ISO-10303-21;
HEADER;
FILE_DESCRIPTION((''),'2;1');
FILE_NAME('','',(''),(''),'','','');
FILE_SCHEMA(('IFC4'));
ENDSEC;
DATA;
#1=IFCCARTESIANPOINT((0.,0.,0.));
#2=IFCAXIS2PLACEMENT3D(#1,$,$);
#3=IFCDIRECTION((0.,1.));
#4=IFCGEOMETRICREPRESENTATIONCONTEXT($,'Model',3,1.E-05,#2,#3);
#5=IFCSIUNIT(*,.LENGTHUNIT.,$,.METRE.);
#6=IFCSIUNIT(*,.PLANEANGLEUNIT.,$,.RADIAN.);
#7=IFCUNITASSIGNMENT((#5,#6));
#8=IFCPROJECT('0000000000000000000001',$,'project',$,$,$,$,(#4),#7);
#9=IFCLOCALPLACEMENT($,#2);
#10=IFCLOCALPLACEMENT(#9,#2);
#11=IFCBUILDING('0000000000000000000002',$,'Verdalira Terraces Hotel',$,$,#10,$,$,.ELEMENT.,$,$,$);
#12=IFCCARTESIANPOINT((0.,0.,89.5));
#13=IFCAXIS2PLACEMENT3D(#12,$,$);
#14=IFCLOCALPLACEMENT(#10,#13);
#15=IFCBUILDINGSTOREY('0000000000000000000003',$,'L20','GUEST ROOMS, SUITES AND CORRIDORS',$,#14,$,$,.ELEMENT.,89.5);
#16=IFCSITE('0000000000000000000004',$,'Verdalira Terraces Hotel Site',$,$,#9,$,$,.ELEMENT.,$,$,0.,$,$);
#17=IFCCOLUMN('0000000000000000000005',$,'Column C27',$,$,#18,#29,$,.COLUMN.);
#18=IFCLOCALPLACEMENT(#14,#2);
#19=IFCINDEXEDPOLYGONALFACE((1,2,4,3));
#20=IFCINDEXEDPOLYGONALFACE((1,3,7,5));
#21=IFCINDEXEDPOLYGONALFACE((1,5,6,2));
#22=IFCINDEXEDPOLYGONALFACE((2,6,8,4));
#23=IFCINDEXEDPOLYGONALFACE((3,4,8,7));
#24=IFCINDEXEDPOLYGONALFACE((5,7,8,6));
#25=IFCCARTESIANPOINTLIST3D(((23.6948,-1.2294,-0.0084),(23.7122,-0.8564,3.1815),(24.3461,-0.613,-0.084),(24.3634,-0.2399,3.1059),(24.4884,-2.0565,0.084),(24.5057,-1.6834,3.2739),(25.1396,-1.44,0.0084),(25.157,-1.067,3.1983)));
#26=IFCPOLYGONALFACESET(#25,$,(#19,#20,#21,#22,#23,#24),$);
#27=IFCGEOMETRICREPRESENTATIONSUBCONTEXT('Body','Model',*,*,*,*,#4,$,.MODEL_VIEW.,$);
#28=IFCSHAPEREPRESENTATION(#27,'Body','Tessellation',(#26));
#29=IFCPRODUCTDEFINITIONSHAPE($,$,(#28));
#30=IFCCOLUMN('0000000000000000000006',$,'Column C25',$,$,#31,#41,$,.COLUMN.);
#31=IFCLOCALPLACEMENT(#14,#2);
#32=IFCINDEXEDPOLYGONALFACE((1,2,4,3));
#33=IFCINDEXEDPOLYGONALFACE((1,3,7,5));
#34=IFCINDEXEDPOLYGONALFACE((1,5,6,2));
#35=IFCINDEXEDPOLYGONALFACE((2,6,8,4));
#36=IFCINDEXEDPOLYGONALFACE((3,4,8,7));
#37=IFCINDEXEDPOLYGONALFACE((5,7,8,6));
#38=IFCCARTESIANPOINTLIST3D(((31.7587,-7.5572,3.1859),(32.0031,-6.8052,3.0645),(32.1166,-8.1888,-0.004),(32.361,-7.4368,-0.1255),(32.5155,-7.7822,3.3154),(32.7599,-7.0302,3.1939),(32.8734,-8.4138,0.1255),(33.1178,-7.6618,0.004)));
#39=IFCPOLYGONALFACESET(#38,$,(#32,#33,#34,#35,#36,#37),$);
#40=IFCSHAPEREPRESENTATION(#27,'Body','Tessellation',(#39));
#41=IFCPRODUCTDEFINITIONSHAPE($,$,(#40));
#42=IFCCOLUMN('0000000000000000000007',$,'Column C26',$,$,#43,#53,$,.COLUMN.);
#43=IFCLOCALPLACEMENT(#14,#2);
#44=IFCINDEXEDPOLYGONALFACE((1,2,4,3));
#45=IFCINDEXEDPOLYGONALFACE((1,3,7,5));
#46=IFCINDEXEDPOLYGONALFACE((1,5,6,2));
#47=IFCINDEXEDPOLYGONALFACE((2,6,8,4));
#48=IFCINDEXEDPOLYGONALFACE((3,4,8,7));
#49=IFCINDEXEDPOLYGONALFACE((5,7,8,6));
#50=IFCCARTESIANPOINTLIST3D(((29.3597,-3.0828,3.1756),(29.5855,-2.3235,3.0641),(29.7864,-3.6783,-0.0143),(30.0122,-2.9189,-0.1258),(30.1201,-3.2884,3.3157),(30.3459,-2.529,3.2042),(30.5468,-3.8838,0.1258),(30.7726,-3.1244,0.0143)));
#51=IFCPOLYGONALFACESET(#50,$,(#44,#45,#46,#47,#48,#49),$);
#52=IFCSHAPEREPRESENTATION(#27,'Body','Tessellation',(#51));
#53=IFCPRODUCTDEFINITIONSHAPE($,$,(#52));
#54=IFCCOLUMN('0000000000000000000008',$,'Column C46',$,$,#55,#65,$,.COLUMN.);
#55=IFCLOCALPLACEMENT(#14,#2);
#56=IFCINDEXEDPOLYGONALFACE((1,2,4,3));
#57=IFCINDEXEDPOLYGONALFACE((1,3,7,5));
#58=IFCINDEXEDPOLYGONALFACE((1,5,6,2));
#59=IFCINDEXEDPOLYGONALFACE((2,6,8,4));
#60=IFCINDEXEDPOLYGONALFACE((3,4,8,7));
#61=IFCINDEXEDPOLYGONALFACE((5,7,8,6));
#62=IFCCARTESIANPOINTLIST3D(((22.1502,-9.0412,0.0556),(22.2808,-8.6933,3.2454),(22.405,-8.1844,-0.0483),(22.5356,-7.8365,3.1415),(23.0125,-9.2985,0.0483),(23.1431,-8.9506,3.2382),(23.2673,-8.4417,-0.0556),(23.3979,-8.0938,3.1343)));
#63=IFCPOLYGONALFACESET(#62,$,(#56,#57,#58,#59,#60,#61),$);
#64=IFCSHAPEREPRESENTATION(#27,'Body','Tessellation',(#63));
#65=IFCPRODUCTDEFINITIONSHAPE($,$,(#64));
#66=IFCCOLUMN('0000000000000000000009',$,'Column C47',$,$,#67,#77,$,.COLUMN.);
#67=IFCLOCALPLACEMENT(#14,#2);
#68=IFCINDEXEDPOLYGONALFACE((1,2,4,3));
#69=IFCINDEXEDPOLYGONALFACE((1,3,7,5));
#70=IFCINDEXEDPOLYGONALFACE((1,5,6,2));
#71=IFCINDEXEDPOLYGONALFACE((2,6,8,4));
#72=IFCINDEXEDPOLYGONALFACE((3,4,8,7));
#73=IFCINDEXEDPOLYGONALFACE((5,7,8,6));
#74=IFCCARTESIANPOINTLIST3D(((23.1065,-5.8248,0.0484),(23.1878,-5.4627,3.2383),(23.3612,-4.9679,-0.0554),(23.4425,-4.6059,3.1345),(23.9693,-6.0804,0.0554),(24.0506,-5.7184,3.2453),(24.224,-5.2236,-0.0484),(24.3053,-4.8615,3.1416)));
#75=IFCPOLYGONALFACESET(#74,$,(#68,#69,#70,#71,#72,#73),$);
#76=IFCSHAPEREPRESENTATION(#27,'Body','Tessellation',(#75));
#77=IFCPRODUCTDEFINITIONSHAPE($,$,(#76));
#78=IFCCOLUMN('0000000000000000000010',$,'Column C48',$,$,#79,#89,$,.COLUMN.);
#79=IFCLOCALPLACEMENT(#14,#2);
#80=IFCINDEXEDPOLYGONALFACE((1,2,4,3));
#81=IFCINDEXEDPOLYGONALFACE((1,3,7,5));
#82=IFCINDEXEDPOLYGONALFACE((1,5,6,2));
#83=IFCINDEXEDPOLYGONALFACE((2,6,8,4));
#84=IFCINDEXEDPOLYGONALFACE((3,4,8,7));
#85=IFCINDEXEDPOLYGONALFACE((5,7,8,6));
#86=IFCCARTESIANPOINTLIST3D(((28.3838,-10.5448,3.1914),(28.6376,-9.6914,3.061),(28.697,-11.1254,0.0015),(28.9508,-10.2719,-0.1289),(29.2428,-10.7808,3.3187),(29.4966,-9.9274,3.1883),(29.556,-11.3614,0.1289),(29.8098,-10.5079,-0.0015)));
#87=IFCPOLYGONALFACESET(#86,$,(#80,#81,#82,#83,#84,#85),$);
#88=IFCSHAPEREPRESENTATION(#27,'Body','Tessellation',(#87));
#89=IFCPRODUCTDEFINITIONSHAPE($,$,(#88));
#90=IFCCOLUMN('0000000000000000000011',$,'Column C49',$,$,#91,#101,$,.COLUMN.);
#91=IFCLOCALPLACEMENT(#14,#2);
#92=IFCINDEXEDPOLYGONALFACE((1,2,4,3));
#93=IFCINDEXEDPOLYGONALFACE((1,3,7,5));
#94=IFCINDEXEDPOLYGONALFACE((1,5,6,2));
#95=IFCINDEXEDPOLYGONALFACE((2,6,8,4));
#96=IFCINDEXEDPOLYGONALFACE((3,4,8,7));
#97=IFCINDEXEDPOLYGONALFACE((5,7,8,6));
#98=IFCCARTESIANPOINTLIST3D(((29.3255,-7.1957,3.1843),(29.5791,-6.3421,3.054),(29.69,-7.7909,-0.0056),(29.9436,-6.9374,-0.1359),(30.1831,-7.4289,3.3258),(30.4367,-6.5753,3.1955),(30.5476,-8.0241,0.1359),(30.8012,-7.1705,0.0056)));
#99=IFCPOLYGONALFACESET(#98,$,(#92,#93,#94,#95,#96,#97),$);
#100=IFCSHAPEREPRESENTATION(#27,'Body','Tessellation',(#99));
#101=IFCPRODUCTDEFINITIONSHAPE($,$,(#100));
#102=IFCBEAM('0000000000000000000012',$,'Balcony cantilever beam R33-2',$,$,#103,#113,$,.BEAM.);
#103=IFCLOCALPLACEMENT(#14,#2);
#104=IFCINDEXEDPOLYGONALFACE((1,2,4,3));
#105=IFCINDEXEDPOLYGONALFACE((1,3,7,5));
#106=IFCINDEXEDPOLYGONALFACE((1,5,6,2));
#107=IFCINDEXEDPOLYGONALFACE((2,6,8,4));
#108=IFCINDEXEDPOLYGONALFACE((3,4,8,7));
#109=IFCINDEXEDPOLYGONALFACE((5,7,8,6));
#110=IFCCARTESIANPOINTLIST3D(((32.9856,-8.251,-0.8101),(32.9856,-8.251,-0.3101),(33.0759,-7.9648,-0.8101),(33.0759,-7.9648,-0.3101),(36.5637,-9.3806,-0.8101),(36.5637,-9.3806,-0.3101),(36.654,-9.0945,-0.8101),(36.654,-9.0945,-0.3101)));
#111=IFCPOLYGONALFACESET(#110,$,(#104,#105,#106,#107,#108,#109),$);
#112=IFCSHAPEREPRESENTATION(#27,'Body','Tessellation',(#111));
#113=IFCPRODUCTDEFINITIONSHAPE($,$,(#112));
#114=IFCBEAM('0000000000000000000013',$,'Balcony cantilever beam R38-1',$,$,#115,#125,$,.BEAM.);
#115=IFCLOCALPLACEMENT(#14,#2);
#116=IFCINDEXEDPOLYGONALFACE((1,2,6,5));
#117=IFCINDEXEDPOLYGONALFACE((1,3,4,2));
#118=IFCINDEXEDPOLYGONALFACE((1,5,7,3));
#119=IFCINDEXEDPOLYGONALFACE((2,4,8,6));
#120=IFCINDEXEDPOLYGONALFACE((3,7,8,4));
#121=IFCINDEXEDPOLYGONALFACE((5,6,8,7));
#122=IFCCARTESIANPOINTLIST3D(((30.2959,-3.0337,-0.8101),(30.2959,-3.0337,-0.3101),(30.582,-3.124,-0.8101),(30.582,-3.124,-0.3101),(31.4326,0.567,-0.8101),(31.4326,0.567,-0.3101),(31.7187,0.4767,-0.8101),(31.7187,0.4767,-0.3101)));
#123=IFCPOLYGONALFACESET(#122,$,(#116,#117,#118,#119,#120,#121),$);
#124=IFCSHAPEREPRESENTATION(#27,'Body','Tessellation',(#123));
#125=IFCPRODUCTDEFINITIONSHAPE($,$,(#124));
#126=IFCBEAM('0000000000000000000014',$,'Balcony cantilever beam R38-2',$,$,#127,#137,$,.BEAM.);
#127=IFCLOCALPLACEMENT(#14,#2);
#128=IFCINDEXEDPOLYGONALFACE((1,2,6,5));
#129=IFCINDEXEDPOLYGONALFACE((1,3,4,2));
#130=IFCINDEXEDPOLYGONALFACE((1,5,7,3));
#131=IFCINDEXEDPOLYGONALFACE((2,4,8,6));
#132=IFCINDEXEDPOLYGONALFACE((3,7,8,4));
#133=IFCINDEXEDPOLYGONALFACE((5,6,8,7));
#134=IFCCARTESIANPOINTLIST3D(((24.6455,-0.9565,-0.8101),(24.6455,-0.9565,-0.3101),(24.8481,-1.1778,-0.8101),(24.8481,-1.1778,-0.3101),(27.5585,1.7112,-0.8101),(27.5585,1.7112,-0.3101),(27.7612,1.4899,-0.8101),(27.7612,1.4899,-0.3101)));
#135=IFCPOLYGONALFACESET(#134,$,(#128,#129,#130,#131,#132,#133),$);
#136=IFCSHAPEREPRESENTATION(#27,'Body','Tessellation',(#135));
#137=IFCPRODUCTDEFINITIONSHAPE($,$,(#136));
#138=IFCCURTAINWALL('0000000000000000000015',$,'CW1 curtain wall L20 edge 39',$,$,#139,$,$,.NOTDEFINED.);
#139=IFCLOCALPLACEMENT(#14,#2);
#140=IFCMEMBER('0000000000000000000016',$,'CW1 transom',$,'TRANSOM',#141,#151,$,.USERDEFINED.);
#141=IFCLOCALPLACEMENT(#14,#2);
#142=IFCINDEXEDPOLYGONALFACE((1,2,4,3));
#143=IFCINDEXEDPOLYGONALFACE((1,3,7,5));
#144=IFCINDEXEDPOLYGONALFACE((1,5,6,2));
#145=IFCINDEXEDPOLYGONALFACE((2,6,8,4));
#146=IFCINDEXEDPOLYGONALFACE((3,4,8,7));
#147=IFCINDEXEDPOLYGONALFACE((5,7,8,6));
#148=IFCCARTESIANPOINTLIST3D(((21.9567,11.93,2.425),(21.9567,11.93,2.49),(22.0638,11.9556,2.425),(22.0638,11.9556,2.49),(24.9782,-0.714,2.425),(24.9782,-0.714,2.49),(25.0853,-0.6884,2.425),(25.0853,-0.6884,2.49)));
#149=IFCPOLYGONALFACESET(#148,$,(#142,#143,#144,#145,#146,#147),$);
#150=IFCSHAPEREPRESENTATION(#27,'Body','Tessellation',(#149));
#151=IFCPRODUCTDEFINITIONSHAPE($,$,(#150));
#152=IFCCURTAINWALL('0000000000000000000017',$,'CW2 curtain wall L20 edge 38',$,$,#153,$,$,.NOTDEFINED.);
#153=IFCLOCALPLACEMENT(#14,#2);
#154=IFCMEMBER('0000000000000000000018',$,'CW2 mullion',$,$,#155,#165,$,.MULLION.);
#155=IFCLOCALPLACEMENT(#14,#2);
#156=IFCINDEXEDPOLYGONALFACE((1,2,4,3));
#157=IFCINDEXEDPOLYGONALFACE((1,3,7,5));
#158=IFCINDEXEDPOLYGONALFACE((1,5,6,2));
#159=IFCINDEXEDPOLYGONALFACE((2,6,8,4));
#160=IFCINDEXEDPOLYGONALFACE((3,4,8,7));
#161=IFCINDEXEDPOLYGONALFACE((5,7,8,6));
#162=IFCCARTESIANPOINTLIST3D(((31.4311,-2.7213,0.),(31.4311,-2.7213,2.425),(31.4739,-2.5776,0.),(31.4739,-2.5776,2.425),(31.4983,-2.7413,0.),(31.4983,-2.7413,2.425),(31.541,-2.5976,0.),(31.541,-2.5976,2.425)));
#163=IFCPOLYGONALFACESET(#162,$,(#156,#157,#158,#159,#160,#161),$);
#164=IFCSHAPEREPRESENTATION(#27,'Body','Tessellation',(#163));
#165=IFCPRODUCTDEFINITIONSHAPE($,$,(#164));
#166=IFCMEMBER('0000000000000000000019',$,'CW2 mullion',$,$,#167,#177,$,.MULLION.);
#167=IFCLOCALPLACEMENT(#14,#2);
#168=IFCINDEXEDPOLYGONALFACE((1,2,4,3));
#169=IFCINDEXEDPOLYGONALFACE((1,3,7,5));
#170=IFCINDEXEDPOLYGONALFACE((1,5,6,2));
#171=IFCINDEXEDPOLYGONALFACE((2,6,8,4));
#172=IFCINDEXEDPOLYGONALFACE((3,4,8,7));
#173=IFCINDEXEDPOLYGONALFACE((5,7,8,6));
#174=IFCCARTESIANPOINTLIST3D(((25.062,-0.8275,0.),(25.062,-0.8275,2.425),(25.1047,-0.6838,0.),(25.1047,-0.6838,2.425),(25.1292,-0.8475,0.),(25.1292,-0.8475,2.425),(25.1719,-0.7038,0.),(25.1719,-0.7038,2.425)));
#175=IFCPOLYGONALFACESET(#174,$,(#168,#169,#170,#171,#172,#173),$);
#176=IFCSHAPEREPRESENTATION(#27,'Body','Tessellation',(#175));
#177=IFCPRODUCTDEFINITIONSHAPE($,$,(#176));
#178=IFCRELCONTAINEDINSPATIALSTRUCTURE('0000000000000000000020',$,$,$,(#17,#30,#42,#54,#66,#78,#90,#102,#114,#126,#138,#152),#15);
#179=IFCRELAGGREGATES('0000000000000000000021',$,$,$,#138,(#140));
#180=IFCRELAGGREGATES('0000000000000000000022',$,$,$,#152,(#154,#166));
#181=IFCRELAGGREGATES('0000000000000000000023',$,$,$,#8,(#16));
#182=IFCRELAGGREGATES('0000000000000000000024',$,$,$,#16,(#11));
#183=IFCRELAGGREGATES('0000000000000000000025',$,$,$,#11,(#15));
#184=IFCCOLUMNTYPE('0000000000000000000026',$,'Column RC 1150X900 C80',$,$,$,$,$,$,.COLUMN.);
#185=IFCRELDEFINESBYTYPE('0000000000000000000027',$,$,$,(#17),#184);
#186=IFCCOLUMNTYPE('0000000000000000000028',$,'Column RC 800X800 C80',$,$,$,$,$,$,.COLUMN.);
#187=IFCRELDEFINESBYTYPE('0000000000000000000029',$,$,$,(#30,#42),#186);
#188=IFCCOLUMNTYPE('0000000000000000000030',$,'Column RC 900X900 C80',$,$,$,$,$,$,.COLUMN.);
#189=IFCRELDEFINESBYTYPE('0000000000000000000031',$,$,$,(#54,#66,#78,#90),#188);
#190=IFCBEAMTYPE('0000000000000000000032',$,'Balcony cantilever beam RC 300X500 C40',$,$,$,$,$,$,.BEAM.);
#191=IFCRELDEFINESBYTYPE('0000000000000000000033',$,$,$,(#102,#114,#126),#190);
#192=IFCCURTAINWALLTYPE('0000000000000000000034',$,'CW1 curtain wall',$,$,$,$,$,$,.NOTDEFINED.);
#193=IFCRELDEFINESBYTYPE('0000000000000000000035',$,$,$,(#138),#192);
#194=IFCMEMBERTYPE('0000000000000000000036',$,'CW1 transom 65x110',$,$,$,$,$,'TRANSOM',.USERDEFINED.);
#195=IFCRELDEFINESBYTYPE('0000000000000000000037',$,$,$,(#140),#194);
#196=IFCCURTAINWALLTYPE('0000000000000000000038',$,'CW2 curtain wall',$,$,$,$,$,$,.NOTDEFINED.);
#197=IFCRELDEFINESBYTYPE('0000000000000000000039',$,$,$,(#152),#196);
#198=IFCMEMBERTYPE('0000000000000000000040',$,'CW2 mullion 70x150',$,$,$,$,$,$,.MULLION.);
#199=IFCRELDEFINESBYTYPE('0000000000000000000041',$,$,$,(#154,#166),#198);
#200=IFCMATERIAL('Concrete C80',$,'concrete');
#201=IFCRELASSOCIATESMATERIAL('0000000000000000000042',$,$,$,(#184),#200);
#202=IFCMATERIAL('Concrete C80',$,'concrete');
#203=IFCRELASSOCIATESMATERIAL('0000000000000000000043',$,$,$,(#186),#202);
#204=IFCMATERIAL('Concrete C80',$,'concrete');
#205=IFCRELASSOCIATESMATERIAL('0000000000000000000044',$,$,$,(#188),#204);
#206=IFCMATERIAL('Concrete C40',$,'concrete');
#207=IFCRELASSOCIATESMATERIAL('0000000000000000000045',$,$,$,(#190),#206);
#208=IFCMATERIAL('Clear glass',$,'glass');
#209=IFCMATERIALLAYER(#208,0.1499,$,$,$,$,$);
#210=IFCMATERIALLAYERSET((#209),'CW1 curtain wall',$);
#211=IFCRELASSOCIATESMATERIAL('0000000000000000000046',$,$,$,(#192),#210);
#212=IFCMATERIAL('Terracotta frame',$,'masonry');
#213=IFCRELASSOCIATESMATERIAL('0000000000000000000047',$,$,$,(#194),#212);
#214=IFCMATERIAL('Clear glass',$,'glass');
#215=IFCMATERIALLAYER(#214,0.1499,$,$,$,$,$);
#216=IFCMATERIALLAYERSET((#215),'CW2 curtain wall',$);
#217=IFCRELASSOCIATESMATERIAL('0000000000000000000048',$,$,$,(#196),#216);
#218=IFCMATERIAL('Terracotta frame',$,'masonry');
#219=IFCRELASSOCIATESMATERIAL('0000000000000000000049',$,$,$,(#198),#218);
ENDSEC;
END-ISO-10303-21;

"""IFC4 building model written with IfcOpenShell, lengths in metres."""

from ifc_helpers import new_model, si_unit, direction, frame, origin, origin_2d, place, context, subcontext, project, spatial, rectangle, extrude, material, layer, layer_set, material_profile, profile_set, type_object, element, aggregate, save


model = new_model("IFC4")

# Units and contexts
model_context = context("Model", 3, precision=1e-05, world=origin(), true_north=direction((0.0, 1.0)))
body_context = subcontext(model_context, "Body", "Model", "MODEL_VIEW")
ifc_project = project(units=[si_unit("LENGTHUNIT", "METRE"), si_unit("PLANEANGLEUNIT", "RADIAN")], contexts=[model_context])

# Site, building, storey
site_placement = place(None, origin())
site = spatial("IfcSite", under=ifc_project, at=site_placement, Name="Verdalira Terraces Hotel Site", CompositionType="ELEMENT", RefElevation=0.0)
building_placement = place(site_placement, origin())
building = spatial("IfcBuilding", under=site, at=building_placement, Name="Verdalira Terraces Hotel", CompositionType="ELEMENT")
storey_placement = place(building_placement, frame((0.0, 0.0, 89.5)))
storey = spatial("IfcBuildingStorey", under=building, at=storey_placement, Name="L20", Description="GUEST ROOMS, SUITES AND CORRIDORS", CompositionType="ELEMENT", Elevation=89.5)

# Columns
ifc_material_1 = material(Name="Concrete C80", Category="concrete")
ifc_material_profile_1 = material_profile(ifc_material_1, rectangle(XDim=1.1499, YDim=0.8999, at=origin_2d()), Name="RC 1150X900")
ifc_profile_set_1 = profile_set([ifc_material_profile_1], Name="Concrete C80")
column_type_1 = type_object("IfcColumnType", Name="Column RC 1150X900 C80", PredefinedType="COLUMN", material=ifc_profile_set_1)
column_1_placement = place(storey_placement, frame((24.4172, -1.3347, 0.0), z_axis=(0.005397, 0.116151, 0.993217), x_axis=(0.690132, -0.719209, 0.080358)))
element("IfcColumn", 1, at=column_1_placement, inside=storey, type_object=column_type_1, Name="Column C27", PredefinedType="COLUMN", context=body_context, shape_type="SweptSolid", body=[
    extrude(rectangle(XDim=1.1499, YDim=0.8999, at=origin_2d()), origin(), (0.0, 0.0, 1.0), 3.2117),
])
ifc_material_2 = material(Name="Concrete C80", Category="concrete")
ifc_material_profile_2 = material_profile(ifc_material_2, rectangle(XDim=0.8, YDim=0.8, at=origin_2d()), Name="RC 800X800")
ifc_profile_set_2 = profile_set([ifc_material_profile_2], Name="Concrete C80")
column_type_2 = type_object("IfcColumnType", Name="Column RC 800X800 C80", PredefinedType="COLUMN", material=ifc_profile_set_2)
column_2_placement = place(storey_placement, frame((32.6172, -7.9253, 0.0), z_axis=(-0.109402, 0.193059, 0.975069), x_axis=(0.305447, 0.940023, -0.151849)))
element("IfcColumn", 2, at=column_2_placement, inside=storey, type_object=column_type_2, Name="Column C25", PredefinedType="COLUMN", context=body_context, shape_type="SweptSolid", body=[
    extrude(rectangle(XDim=0.8, YDim=0.8, at=origin_2d()), origin(), (0.0, 0.0, 1.0), 3.2715),
])
column_3_placement = place(storey_placement, frame((30.2795, -3.4014, 0.0), z_axis=(-0.130388, 0.181932, 0.974628), x_axis=(-0.950445, 0.256889, -0.175106)))
element("IfcColumn", 3, at=column_3_placement, inside=storey, type_object=column_type_2, Name="Column C26", PredefinedType="COLUMN", context=body_context, shape_type="SweptSolid", body=[
    extrude(rectangle(XDim=0.8, YDim=0.8, at=origin_2d()), origin(), (0.0, 0.0, 1.0), 3.2729),
])
ifc_material_3 = material(Name="Concrete C80", Category="concrete")
ifc_material_profile_3 = material_profile(ifc_material_3, rectangle(XDim=0.8999, YDim=0.8999, at=origin_2d()), Name="RC 900X900")
ifc_profile_set_3 = profile_set([ifc_material_profile_3], Name="Concrete C80")
column_type_3 = type_object("IfcColumnType", Name="Column RC 900X900 C80", PredefinedType="COLUMN", material=ifc_profile_set_3)
for number, where, z_axis, x_axis, name in (
    (4, (22.7087, -8.7415, 0.0), (0.040671, 0.108329, 0.993283), (0.958201, -0.285981, -0.008045), "Column C46"),
    (5, (23.6653, -5.5242, 0.0), (0.025315, 0.11274, 0.993302), (0.958769, -0.284078, 0.007808), "Column C47"),
):
    element("IfcColumn", number, at=place(storey_placement, frame(where, z_axis=z_axis, x_axis=x_axis)), inside=storey, type_object=column_type_3, Name=name, PredefinedType="COLUMN", context=body_context, shape_type="SweptSolid", body=[
        extrude(rectangle(XDim=0.8999, YDim=0.8999, at=origin_2d()), origin(), (0.0, 0.0, 1.0), 3.2114),
    ])
column_4_placement = place(storey_placement, frame((29.2534, -10.8166, 0.0), z_axis=(-0.096159, 0.178228, 0.979279), x_axis=(0.954566, -0.262279, 0.141467)))
element("IfcColumn", 6, at=column_4_placement, inside=storey, type_object=column_type_3, Name="Column C48", PredefinedType="COLUMN", context=body_context, shape_type="SweptSolid", body=[
    extrude(rectangle(XDim=0.8999, YDim=0.8999, at=origin_2d()), origin(), (0.0, 0.0, 1.0), 3.2573),
])
column_5_placement = place(storey_placement, frame((30.2456, -7.4807, 0.0), z_axis=(-0.111625, 0.182279, 0.97689), x_axis=(0.952968, -0.259092, 0.157236)))
element("IfcColumn", 7, at=column_5_placement, inside=storey, type_object=column_type_3, Name="Column C49", PredefinedType="COLUMN", context=body_context, shape_type="SweptSolid", body=[
    extrude(rectangle(XDim=0.8999, YDim=0.8999, at=origin_2d()), origin(), (0.0, 0.0, 1.0), 3.2654),
])

# Beams
ifc_material_4 = material(Name="Concrete C40", Category="concrete")
ifc_material_profile_4 = material_profile(ifc_material_4, rectangle(XDim=0.3, YDim=0.5, at=origin_2d()), Name="RC 300X500")
ifc_profile_set_4 = profile_set([ifc_material_profile_4], Name="Concrete C40")
beam_type_1 = type_object("IfcBeamType", Name="Balcony cantilever beam RC 300X500 C40", PredefinedType="BEAM", material=ifc_profile_set_4)
beam_1_placement = place(storey_placement, frame((33.0308, -8.1079, -0.5601), z_axis=(0.953605, -0.30106, 0.0), x_axis=(0.30106, 0.953605, 0.0)))
element("IfcBeam", 8, at=beam_1_placement, inside=storey, type_object=beam_type_1, Name="Balcony cantilever beam R33-2", PredefinedType="BEAM", context=body_context, shape_type="SweptSolid", body=[
    extrude(rectangle(XDim=0.3, YDim=0.5, at=origin_2d()), origin(), (0.0, 0.0, 1.0), 3.7522),
])
beam_2_placement = place(storey_placement, frame((30.439, -3.0789, -0.5601), z_axis=(0.301039, 0.953612, 0.0), x_axis=(-0.953612, 0.301039, 0.0)))
element("IfcBeam", 9, at=beam_2_placement, inside=storey, type_object=beam_type_1, Name="Balcony cantilever beam R38-1", PredefinedType="BEAM", context=body_context, shape_type="SweptSolid", body=[
    extrude(rectangle(XDim=0.3, YDim=0.5, at=origin_2d()), origin(), (0.0, 0.0, 1.0), 3.7759),
])
beam_3_placement = place(storey_placement, frame((24.7468, -1.0671, -0.5601), z_axis=(0.737482, 0.675366, 0.0), x_axis=(-0.675366, 0.737482, 0.0)))
element("IfcBeam", 10, at=beam_3_placement, inside=storey, type_object=beam_type_1, Name="Balcony cantilever beam R38-2", PredefinedType="BEAM", context=body_context, shape_type="SweptSolid", body=[
    extrude(rectangle(XDim=0.3, YDim=0.5, at=origin_2d()), origin(), (0.0, 0.0, 1.0), 3.95),
])

# Curtain wall, member
ifc_material_5 = material(Name="Clear glass", Category="glass")
ifc_layer_1 = layer(ifc_material_5, 0.1499)
ifc_layer_set_1 = layer_set([ifc_layer_1], Name="CW1 curtain wall")
curtain_wall_type_1 = type_object("IfcCurtainWallType", Name="CW1 curtain wall", PredefinedType="NOTDEFINED", material=ifc_layer_set_1)
curtain_wall_1_placement = place(storey_placement, origin())
curtain_wall_1 = element("IfcCurtainWall", 11, at=curtain_wall_1_placement, inside=storey, type_object=curtain_wall_type_1, Name="CW1 curtain wall L20 edge 39", PredefinedType="NOTDEFINED")
ifc_material_6 = material(Name="Terracotta frame", Category="masonry")
ifc_material_profile_5 = material_profile(ifc_material_6, rectangle(XDim=0.1101, YDim=0.0649, at=origin_2d()), Name="TR 65x110")
ifc_profile_set_5 = profile_set([ifc_material_profile_5], Name="Terracotta frame")
member_type_1 = type_object("IfcMemberType", Name="CW1 transom 65x110", ElementType="TRANSOM", PredefinedType="USERDEFINED", material=ifc_profile_set_5)
member_1_placement = place(storey_placement, frame((25.0317, -0.7012, 2.4575), z_axis=(-0.232421, 0.972615, 0.0), x_axis=(-0.972615, -0.232421, 0.0)))
member_1 = element("IfcMember", 12, at=member_1_placement, type_object=member_type_1, Name="CW1 transom", ObjectType="TRANSOM", PredefinedType="USERDEFINED", context=body_context, shape_type="SweptSolid", body=[
    extrude(rectangle(XDim=0.1101, YDim=0.0649, at=origin_2d()), origin(), (0.0, 0.0, 1.0), 13.0),
])
aggregate(curtain_wall_1, [member_1])

# Curtain wall, members
ifc_material_7 = material(Name="Clear glass", Category="glass")
ifc_layer_2 = layer(ifc_material_7, 0.1499)
ifc_layer_set_2 = layer_set([ifc_layer_2], Name="CW2 curtain wall")
curtain_wall_type_2 = type_object("IfcCurtainWallType", Name="CW2 curtain wall", PredefinedType="NOTDEFINED", material=ifc_layer_set_2)
curtain_wall_2_placement = place(storey_placement, origin())
curtain_wall_2 = element("IfcCurtainWall", 13, at=curtain_wall_2_placement, inside=storey, type_object=curtain_wall_type_2, Name="CW2 curtain wall L20 edge 38", PredefinedType="NOTDEFINED")
ifc_material_8 = material(Name="Terracotta frame", Category="masonry")
ifc_material_profile_6 = material_profile(ifc_material_8, rectangle(XDim=0.0701, YDim=0.1499, at=origin_2d()), Name="MU 70x150")
ifc_profile_set_6 = profile_set([ifc_material_profile_6], Name="Terracotta frame")
member_type_2 = type_object("IfcMemberType", Name="CW2 mullion 70x150", PredefinedType="MULLION", material=ifc_profile_set_6)
member_2_placement = place(storey_placement, frame((31.4861, -2.6594, 0.0), z_axis=(0.0, 0.0, 1.0), x_axis=(-0.958522, 0.285019, 0.0)))
member_2 = element("IfcMember", 14, at=member_2_placement, type_object=member_type_2, Name="CW2 mullion", PredefinedType="MULLION", context=body_context, shape_type="SweptSolid", body=[
    extrude(rectangle(XDim=0.0701, YDim=0.1499, at=origin_2d()), origin(), (0.0, 0.0, 1.0), 2.425),
])
member_3_placement = place(storey_placement, frame((25.1169, -0.7656, 0.0), z_axis=(0.0, 0.0, 1.0), x_axis=(-0.958522, 0.285019, 0.0)))
member_3 = element("IfcMember", 15, at=member_3_placement, type_object=member_type_2, Name="CW2 mullion", PredefinedType="MULLION", context=body_context, shape_type="SweptSolid", body=[
    extrude(rectangle(XDim=0.0701, YDim=0.1499, at=origin_2d()), origin(), (0.0, 0.0, 1.0), 2.425),
])

aggregate(curtain_wall_2, [member_2, member_3])

save(model, "model.ifc")
